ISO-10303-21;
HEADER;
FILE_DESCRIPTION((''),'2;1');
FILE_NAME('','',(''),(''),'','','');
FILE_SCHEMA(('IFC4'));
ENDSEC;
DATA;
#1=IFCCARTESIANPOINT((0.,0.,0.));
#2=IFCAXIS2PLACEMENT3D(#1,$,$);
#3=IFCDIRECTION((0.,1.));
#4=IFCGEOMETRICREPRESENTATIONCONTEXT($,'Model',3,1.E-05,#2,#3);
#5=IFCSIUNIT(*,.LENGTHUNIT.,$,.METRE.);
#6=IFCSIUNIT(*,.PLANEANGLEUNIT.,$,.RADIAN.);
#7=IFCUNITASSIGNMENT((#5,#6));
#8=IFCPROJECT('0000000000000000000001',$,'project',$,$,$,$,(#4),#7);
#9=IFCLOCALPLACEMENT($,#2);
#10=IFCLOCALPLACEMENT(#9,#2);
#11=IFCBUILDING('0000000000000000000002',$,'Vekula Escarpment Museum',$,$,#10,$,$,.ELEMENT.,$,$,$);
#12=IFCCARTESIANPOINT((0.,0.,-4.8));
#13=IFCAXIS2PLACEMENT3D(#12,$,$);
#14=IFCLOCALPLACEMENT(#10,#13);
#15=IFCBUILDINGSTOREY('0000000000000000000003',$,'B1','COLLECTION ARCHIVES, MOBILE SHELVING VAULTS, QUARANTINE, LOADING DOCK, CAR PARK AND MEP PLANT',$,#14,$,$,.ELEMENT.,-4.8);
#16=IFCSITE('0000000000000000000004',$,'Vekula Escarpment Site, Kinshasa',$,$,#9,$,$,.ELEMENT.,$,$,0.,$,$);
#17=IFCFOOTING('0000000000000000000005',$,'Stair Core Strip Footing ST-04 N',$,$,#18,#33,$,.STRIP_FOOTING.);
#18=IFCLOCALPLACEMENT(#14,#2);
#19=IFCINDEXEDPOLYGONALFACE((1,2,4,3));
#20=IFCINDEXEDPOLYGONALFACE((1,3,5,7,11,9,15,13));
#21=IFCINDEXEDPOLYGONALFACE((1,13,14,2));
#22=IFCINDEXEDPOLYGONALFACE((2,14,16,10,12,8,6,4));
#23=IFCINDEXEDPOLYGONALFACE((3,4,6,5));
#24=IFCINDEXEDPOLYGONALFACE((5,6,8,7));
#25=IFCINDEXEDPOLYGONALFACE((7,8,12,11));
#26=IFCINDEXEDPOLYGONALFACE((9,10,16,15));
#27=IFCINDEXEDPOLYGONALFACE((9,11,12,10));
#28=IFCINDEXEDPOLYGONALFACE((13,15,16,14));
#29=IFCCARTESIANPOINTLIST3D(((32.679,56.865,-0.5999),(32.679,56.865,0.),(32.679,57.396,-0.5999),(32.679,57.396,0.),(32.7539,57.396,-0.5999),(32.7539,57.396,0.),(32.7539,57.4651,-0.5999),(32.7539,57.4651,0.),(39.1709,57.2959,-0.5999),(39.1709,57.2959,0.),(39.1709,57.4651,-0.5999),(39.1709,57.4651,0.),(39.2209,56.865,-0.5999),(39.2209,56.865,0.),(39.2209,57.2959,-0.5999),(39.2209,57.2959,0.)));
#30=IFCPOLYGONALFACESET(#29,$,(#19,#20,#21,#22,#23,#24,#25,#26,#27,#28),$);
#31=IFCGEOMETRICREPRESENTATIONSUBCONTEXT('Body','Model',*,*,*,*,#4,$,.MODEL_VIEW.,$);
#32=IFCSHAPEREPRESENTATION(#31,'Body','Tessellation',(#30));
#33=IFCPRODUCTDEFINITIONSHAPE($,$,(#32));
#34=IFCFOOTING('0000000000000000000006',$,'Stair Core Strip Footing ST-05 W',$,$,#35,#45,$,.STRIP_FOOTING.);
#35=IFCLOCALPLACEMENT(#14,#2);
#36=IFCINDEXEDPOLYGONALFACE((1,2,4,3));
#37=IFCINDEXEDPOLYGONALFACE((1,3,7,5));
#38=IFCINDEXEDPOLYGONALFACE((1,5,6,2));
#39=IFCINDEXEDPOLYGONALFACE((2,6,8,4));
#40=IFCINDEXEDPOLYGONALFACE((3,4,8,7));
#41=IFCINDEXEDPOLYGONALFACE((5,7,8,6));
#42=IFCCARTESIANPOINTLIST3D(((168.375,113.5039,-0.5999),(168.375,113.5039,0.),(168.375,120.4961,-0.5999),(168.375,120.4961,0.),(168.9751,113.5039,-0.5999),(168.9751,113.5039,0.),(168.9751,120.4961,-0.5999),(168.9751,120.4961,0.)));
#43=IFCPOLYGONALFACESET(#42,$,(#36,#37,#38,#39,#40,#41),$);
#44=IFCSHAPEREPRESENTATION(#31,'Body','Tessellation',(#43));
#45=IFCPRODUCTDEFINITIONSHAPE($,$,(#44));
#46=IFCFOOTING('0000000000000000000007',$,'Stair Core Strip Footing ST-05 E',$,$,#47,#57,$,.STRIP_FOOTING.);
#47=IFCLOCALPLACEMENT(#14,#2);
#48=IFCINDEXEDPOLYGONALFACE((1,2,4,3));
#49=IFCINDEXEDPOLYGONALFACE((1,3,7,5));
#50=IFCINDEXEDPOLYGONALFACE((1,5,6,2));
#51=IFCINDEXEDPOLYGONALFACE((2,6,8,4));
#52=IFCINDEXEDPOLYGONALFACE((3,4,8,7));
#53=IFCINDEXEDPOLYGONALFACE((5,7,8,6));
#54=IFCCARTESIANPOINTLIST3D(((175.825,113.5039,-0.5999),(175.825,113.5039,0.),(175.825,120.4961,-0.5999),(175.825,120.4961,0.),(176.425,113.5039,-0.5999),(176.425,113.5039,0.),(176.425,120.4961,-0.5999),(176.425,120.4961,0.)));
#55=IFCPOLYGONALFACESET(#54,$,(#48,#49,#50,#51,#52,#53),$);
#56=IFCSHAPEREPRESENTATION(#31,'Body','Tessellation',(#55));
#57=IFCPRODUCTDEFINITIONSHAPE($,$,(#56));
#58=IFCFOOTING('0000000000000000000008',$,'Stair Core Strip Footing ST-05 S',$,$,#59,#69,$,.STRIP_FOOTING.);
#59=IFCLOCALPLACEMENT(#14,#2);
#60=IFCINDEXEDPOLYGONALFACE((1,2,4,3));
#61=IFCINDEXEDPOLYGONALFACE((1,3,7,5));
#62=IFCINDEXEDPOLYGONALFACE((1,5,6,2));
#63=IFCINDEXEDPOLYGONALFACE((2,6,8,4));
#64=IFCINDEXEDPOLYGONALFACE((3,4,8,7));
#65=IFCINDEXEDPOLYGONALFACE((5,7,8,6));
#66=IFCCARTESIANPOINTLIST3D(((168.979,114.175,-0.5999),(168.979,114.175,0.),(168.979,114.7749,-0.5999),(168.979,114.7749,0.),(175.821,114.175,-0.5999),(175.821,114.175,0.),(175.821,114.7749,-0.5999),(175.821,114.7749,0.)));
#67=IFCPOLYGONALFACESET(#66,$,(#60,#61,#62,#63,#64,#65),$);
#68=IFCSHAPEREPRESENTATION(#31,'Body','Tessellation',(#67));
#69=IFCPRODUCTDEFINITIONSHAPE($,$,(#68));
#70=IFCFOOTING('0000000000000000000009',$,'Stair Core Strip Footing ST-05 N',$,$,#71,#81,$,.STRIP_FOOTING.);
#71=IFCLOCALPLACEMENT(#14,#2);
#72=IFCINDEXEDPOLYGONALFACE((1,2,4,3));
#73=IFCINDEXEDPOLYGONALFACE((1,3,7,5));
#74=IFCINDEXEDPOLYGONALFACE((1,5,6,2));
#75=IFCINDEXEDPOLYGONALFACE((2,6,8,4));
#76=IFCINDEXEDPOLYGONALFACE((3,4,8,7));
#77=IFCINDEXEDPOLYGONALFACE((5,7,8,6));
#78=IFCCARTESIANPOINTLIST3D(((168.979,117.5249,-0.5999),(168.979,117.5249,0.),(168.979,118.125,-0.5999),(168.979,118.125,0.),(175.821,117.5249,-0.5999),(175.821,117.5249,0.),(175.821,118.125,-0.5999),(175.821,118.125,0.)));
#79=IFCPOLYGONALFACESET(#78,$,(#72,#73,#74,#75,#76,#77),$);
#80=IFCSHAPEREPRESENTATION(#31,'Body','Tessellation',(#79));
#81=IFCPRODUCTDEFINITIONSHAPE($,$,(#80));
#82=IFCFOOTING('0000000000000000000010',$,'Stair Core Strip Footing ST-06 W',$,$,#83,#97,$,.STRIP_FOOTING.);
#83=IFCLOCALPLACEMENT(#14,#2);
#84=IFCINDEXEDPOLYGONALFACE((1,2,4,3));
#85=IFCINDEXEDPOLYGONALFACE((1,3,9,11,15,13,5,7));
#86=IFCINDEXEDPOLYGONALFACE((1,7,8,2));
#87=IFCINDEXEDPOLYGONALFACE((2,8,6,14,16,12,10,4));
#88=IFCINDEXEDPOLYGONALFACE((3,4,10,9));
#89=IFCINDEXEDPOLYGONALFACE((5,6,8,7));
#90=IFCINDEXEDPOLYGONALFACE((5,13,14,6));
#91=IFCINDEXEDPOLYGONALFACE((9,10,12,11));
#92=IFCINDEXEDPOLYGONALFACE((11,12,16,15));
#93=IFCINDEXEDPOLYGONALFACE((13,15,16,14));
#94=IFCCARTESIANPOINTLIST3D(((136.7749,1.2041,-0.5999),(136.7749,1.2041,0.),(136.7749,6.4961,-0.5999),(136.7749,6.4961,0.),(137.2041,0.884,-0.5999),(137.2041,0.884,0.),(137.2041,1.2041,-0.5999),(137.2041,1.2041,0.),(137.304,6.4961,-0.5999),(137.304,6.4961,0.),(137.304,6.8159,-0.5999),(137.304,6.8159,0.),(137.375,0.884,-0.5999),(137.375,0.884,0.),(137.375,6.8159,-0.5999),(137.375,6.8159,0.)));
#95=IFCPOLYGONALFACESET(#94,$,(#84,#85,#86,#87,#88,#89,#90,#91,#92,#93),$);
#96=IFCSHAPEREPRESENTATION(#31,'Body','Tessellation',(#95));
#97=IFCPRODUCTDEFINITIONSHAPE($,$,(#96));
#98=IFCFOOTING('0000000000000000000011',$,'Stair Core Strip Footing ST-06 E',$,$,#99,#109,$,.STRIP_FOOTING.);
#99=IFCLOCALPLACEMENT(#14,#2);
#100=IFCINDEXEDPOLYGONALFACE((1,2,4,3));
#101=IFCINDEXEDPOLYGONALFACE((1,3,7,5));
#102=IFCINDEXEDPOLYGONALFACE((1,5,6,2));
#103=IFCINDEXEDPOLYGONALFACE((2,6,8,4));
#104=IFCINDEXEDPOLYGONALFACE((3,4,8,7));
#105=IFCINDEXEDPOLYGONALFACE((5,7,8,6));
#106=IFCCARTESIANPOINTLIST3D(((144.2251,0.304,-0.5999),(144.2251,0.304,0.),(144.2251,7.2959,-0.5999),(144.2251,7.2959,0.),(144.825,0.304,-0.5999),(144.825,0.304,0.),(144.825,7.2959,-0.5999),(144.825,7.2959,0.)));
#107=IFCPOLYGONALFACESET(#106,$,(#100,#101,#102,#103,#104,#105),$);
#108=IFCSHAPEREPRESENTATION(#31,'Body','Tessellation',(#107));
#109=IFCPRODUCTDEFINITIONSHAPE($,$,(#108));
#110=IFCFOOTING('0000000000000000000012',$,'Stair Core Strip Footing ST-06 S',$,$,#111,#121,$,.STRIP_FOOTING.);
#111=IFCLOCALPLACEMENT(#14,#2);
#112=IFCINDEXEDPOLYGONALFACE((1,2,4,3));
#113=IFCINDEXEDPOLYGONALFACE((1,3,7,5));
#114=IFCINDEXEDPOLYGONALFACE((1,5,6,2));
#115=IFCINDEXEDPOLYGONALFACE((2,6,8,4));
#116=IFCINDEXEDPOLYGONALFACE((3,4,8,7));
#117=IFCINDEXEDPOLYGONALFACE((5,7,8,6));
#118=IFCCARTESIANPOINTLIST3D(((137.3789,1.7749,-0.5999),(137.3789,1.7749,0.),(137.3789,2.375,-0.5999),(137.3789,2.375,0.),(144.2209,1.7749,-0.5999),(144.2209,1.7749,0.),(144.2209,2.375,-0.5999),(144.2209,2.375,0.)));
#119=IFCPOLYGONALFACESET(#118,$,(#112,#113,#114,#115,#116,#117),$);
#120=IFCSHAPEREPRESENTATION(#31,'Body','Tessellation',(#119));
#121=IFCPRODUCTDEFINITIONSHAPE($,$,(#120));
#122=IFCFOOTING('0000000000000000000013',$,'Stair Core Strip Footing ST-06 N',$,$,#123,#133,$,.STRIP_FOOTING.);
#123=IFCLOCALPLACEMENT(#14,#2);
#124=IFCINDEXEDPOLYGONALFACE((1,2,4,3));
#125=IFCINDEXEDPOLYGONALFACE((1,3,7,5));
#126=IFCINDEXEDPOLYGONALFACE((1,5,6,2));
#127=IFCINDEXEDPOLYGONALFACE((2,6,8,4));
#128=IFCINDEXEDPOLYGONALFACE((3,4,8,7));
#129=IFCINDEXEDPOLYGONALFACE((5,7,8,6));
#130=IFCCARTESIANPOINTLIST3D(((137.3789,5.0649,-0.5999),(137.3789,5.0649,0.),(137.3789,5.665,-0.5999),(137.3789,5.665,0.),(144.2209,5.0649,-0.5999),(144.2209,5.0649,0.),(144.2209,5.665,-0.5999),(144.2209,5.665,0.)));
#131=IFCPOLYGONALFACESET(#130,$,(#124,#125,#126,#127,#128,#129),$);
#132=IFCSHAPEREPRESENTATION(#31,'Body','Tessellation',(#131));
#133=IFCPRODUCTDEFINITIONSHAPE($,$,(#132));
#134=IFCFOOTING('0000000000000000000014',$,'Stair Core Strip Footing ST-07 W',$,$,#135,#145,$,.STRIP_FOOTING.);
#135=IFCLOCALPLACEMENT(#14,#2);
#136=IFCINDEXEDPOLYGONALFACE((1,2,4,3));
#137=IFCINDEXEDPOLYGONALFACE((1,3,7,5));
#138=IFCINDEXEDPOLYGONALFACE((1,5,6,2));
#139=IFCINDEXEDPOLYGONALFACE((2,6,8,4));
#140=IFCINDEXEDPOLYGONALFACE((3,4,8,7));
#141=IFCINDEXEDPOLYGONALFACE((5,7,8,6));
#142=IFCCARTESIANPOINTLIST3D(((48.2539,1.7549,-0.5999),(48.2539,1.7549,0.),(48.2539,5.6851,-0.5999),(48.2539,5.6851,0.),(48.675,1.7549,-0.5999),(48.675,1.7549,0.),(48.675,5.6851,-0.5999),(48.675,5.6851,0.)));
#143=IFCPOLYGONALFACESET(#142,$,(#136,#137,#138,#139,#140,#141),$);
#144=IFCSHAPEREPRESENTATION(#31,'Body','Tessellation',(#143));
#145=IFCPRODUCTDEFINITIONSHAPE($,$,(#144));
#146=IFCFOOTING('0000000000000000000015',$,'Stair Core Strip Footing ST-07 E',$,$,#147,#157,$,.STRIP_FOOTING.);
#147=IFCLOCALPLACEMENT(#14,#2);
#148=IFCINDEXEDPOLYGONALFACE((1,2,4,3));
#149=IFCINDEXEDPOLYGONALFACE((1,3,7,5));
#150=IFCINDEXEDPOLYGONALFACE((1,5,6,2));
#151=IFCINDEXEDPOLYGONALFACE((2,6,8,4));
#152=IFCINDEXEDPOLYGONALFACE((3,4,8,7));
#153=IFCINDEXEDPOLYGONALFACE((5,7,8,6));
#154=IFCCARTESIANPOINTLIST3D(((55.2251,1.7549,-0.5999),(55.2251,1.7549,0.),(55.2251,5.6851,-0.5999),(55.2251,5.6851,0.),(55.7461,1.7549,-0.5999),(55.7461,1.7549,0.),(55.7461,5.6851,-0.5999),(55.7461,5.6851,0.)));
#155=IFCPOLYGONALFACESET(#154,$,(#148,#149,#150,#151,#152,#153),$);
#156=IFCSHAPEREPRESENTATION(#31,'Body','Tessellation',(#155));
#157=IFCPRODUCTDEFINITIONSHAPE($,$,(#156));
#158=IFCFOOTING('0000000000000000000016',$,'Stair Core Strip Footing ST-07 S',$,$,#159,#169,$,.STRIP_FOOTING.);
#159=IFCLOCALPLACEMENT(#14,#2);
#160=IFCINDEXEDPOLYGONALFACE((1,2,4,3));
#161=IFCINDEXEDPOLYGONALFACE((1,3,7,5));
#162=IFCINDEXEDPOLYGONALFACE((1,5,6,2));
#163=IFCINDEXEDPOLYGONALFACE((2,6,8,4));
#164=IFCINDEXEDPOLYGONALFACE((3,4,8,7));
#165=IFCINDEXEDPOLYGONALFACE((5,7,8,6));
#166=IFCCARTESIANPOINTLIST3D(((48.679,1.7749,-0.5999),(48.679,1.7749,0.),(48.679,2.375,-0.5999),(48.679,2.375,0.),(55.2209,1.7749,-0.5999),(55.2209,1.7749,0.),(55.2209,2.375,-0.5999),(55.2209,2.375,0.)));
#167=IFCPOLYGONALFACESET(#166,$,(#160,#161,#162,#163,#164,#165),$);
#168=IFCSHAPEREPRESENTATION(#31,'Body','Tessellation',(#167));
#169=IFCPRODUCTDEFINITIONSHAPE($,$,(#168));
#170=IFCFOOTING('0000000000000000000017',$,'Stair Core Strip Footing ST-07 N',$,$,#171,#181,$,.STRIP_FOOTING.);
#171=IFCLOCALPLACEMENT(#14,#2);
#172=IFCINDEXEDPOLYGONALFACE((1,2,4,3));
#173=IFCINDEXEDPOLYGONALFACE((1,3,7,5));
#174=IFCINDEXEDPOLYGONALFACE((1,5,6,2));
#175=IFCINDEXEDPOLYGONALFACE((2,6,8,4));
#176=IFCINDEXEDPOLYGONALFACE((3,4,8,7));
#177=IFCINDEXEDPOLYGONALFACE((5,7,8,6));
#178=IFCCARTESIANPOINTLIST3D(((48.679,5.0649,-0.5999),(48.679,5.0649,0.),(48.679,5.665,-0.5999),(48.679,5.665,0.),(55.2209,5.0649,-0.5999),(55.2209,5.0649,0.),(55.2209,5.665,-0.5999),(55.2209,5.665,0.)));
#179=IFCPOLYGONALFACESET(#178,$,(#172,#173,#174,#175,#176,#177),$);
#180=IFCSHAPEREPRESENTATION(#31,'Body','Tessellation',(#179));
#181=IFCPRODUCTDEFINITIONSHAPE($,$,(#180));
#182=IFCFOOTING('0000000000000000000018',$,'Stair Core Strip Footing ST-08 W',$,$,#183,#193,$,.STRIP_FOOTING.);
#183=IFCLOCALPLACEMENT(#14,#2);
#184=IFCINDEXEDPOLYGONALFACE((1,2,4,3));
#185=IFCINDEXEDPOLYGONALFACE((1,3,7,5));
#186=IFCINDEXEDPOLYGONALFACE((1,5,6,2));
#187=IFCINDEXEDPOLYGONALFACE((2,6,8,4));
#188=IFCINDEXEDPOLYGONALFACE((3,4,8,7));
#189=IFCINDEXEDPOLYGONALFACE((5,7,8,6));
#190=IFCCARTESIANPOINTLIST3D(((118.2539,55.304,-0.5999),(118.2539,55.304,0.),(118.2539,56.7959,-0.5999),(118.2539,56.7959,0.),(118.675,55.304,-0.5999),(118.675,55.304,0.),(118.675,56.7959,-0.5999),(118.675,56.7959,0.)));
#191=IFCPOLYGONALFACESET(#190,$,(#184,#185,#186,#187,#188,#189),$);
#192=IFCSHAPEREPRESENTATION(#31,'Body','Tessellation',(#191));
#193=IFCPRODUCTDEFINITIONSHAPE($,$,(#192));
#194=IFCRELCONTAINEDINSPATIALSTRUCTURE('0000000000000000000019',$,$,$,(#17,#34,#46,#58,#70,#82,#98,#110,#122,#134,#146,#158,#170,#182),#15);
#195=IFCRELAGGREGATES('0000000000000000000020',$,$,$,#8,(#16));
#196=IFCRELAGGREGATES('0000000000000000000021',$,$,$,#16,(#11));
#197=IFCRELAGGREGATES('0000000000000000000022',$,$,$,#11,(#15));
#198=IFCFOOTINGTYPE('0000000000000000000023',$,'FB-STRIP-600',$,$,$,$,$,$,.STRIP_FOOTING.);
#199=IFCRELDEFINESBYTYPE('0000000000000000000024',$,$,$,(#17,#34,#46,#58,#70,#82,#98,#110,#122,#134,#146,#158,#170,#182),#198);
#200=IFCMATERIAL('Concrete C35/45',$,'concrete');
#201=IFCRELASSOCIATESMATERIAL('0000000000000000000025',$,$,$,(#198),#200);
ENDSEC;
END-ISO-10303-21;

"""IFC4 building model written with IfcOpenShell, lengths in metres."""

from ifc_helpers import new_model, si_unit, direction, frame, origin, place, context, subcontext, project, spatial, polyline, outline, extrude, material, type_object, element, save


model = new_model("IFC4")

# Units and contexts
model_context = context("Model", 3, precision=1e-05, world=origin(), true_north=direction((0.0, 1.0)))
body_context = subcontext(model_context, "Body", "Model", "MODEL_VIEW")
ifc_project = project(units=[si_unit("LENGTHUNIT", "METRE"), si_unit("PLANEANGLEUNIT", "RADIAN")], contexts=[model_context])

# Site, building, storey
site_placement = place(None, origin())
site = spatial("IfcSite", under=ifc_project, at=site_placement, Name="Vekula Escarpment Site, Kinshasa", CompositionType="ELEMENT", RefElevation=0.0)
building_placement = place(site_placement, origin())
building = spatial("IfcBuilding", under=site, at=building_placement, Name="Vekula Escarpment Museum", CompositionType="ELEMENT")
storey_placement = place(building_placement, frame((0.0, 0.0, -4.8)))
storey = spatial("IfcBuildingStorey", under=building, at=storey_placement, Name="B1", Description="COLLECTION ARCHIVES, MOBILE SHELVING VAULTS, QUARANTINE, LOADING DOCK, CAR PARK AND MEP PLANT", CompositionType="ELEMENT", Elevation=-4.8)

# Footings
ifc_material = material(Name="Concrete C35/45", Category="concrete")
footing_type = type_object("IfcFootingType", Name="FB-STRIP-600", PredefinedType="STRIP_FOOTING", material=ifc_material)
footing_1_placement = place(storey_placement, frame((0.0, 0.0, -0.5999)))
element("IfcFooting", 1, at=footing_1_placement, inside=storey, type_object=footing_type, Name="Stair Core Strip Footing ST-04 N", PredefinedType="STRIP_FOOTING", context=body_context, shape_type="SweptSolid", body=[
    extrude(outline(polyline([(32.679, 56.865), (32.679, 57.396), (32.7539, 57.396), (32.7539, 57.4651), (39.1709, 57.4651), (39.1709, 57.2959), (39.2209, 57.2959), (39.2209, 56.865), (32.679, 56.865)])), origin(), (0.0, 0.0, 1.0), 0.5999),
])
footing_2_placement = place(storey_placement, frame((0.0, 0.0, -0.5999)))
element("IfcFooting", 2, at=footing_2_placement, inside=storey, type_object=footing_type, Name="Stair Core Strip Footing ST-05 W", PredefinedType="STRIP_FOOTING", context=body_context, shape_type="SweptSolid", body=[
    extrude(outline(polyline([(168.9751, 113.5039), (168.375, 113.5039), (168.375, 120.4961), (168.9751, 120.4961), (168.9751, 113.5039)])), origin(), (0.0, 0.0, 1.0), 0.5999),
])
footing_3_placement = place(storey_placement, frame((0.0, 0.0, -0.5999)))
element("IfcFooting", 3, at=footing_3_placement, inside=storey, type_object=footing_type, Name="Stair Core Strip Footing ST-05 E", PredefinedType="STRIP_FOOTING", context=body_context, shape_type="SweptSolid", body=[
    extrude(outline(polyline([(176.425, 113.5039), (175.825, 113.5039), (175.825, 120.4961), (176.425, 120.4961), (176.425, 113.5039)])), origin(), (0.0, 0.0, 1.0), 0.5999),
])
footing_4_placement = place(storey_placement, frame((0.0, 0.0, -0.5999)))
element("IfcFooting", 4, at=footing_4_placement, inside=storey, type_object=footing_type, Name="Stair Core Strip Footing ST-05 S", PredefinedType="STRIP_FOOTING", context=body_context, shape_type="SweptSolid", body=[
    extrude(outline(polyline([(168.979, 114.175), (168.979, 114.7749), (175.821, 114.7749), (175.821, 114.175), (168.979, 114.175)])), origin(), (0.0, 0.0, 1.0), 0.5999),
])
footing_5_placement = place(storey_placement, frame((0.0, 0.0, -0.5999)))
element("IfcFooting", 5, at=footing_5_placement, inside=storey, type_object=footing_type, Name="Stair Core Strip Footing ST-05 N", PredefinedType="STRIP_FOOTING", context=body_context, shape_type="SweptSolid", body=[
    extrude(outline(polyline([(168.979, 117.5249), (168.979, 118.125), (175.821, 118.125), (175.821, 117.5249), (168.979, 117.5249)])), origin(), (0.0, 0.0, 1.0), 0.5999),
])
footing_6_placement = place(storey_placement, frame((0.0, 0.0, -0.5999)))
element("IfcFooting", 6, at=footing_6_placement, inside=storey, type_object=footing_type, Name="Stair Core Strip Footing ST-06 W", PredefinedType="STRIP_FOOTING", context=body_context, shape_type="SweptSolid", body=[
    extrude(outline(polyline([(137.375, 6.8159), (137.375, 0.884), (137.2041, 0.884), (137.2041, 1.2041), (136.7749, 1.2041), (136.7749, 6.4961), (137.304, 6.4961), (137.304, 6.8159), (137.375, 6.8159)])), origin(), (0.0, 0.0, 1.0), 0.5999),
])
footing_7_placement = place(storey_placement, frame((0.0, 0.0, -0.5999)))
element("IfcFooting", 7, at=footing_7_placement, inside=storey, type_object=footing_type, Name="Stair Core Strip Footing ST-06 E", PredefinedType="STRIP_FOOTING", context=body_context, shape_type="SweptSolid", body=[
    extrude(outline(polyline([(144.825, 0.304), (144.2251, 0.304), (144.2251, 7.2959), (144.825, 7.2959), (144.825, 0.304)])), origin(), (0.0, 0.0, 1.0), 0.5999),
])
footing_8_placement = place(storey_placement, frame((0.0, 0.0, -0.5999)))
element("IfcFooting", 8, at=footing_8_placement, inside=storey, type_object=footing_type, Name="Stair Core Strip Footing ST-06 S", PredefinedType="STRIP_FOOTING", context=body_context, shape_type="SweptSolid", body=[
    extrude(outline(polyline([(137.3789, 1.7749), (137.3789, 2.375), (144.2209, 2.375), (144.2209, 1.7749), (137.3789, 1.7749)])), origin(), (0.0, 0.0, 1.0), 0.5999),
])
footing_9_placement = place(storey_placement, frame((0.0, 0.0, -0.5999)))
element("IfcFooting", 9, at=footing_9_placement, inside=storey, type_object=footing_type, Name="Stair Core Strip Footing ST-06 N", PredefinedType="STRIP_FOOTING", context=body_context, shape_type="SweptSolid", body=[
    extrude(outline(polyline([(137.3789, 5.0649), (137.3789, 5.665), (144.2209, 5.665), (144.2209, 5.0649), (137.3789, 5.0649)])), origin(), (0.0, 0.0, 1.0), 0.5999),
])
footing_10_placement = place(storey_placement, frame((0.0, 0.0, -0.5999)))
element("IfcFooting", 10, at=footing_10_placement, inside=storey, type_object=footing_type, Name="Stair Core Strip Footing ST-07 W", PredefinedType="STRIP_FOOTING", context=body_context, shape_type="SweptSolid", body=[
    extrude(outline(polyline([(48.675, 5.6851), (48.675, 1.7549), (48.2539, 1.7549), (48.2539, 5.6851), (48.675, 5.6851)])), origin(), (0.0, 0.0, 1.0), 0.5999),
])
footing_11_placement = place(storey_placement, frame((0.0, 0.0, -0.5999)))
element("IfcFooting", 11, at=footing_11_placement, inside=storey, type_object=footing_type, Name="Stair Core Strip Footing ST-07 E", PredefinedType="STRIP_FOOTING", context=body_context, shape_type="SweptSolid", body=[
    extrude(outline(polyline([(55.2251, 1.7549), (55.2251, 5.6851), (55.7461, 5.6851), (55.7461, 1.7549), (55.2251, 1.7549)])), origin(), (0.0, 0.0, 1.0), 0.5999),
])
footing_12_placement = place(storey_placement, frame((0.0, 0.0, -0.5999)))
element("IfcFooting", 12, at=footing_12_placement, inside=storey, type_object=footing_type, Name="Stair Core Strip Footing ST-07 S", PredefinedType="STRIP_FOOTING", context=body_context, shape_type="SweptSolid", body=[
    extrude(outline(polyline([(48.679, 1.7749), (48.679, 2.375), (55.2209, 2.375), (55.2209, 1.7749), (48.679, 1.7749)])), origin(), (0.0, 0.0, 1.0), 0.5999),
])
footing_13_placement = place(storey_placement, frame((0.0, 0.0, -0.5999)))
element("IfcFooting", 13, at=footing_13_placement, inside=storey, type_object=footing_type, Name="Stair Core Strip Footing ST-07 N", PredefinedType="STRIP_FOOTING", context=body_context, shape_type="SweptSolid", body=[
    extrude(outline(polyline([(48.679, 5.0649), (48.679, 5.665), (55.2209, 5.665), (55.2209, 5.0649), (48.679, 5.0649)])), origin(), (0.0, 0.0, 1.0), 0.5999),
])
footing_14_placement = place(storey_placement, frame((0.0, 0.0, -0.5999)))
element("IfcFooting", 14, at=footing_14_placement, inside=storey, type_object=footing_type, Name="Stair Core Strip Footing ST-08 W", PredefinedType="STRIP_FOOTING", context=body_context, shape_type="SweptSolid", body=[
    extrude(outline(polyline([(118.675, 55.304), (118.2539, 55.304), (118.2539, 56.7959), (118.675, 56.7959), (118.675, 55.304)])), origin(), (0.0, 0.0, 1.0), 0.5999),
])

save(model, "model.ifc")
